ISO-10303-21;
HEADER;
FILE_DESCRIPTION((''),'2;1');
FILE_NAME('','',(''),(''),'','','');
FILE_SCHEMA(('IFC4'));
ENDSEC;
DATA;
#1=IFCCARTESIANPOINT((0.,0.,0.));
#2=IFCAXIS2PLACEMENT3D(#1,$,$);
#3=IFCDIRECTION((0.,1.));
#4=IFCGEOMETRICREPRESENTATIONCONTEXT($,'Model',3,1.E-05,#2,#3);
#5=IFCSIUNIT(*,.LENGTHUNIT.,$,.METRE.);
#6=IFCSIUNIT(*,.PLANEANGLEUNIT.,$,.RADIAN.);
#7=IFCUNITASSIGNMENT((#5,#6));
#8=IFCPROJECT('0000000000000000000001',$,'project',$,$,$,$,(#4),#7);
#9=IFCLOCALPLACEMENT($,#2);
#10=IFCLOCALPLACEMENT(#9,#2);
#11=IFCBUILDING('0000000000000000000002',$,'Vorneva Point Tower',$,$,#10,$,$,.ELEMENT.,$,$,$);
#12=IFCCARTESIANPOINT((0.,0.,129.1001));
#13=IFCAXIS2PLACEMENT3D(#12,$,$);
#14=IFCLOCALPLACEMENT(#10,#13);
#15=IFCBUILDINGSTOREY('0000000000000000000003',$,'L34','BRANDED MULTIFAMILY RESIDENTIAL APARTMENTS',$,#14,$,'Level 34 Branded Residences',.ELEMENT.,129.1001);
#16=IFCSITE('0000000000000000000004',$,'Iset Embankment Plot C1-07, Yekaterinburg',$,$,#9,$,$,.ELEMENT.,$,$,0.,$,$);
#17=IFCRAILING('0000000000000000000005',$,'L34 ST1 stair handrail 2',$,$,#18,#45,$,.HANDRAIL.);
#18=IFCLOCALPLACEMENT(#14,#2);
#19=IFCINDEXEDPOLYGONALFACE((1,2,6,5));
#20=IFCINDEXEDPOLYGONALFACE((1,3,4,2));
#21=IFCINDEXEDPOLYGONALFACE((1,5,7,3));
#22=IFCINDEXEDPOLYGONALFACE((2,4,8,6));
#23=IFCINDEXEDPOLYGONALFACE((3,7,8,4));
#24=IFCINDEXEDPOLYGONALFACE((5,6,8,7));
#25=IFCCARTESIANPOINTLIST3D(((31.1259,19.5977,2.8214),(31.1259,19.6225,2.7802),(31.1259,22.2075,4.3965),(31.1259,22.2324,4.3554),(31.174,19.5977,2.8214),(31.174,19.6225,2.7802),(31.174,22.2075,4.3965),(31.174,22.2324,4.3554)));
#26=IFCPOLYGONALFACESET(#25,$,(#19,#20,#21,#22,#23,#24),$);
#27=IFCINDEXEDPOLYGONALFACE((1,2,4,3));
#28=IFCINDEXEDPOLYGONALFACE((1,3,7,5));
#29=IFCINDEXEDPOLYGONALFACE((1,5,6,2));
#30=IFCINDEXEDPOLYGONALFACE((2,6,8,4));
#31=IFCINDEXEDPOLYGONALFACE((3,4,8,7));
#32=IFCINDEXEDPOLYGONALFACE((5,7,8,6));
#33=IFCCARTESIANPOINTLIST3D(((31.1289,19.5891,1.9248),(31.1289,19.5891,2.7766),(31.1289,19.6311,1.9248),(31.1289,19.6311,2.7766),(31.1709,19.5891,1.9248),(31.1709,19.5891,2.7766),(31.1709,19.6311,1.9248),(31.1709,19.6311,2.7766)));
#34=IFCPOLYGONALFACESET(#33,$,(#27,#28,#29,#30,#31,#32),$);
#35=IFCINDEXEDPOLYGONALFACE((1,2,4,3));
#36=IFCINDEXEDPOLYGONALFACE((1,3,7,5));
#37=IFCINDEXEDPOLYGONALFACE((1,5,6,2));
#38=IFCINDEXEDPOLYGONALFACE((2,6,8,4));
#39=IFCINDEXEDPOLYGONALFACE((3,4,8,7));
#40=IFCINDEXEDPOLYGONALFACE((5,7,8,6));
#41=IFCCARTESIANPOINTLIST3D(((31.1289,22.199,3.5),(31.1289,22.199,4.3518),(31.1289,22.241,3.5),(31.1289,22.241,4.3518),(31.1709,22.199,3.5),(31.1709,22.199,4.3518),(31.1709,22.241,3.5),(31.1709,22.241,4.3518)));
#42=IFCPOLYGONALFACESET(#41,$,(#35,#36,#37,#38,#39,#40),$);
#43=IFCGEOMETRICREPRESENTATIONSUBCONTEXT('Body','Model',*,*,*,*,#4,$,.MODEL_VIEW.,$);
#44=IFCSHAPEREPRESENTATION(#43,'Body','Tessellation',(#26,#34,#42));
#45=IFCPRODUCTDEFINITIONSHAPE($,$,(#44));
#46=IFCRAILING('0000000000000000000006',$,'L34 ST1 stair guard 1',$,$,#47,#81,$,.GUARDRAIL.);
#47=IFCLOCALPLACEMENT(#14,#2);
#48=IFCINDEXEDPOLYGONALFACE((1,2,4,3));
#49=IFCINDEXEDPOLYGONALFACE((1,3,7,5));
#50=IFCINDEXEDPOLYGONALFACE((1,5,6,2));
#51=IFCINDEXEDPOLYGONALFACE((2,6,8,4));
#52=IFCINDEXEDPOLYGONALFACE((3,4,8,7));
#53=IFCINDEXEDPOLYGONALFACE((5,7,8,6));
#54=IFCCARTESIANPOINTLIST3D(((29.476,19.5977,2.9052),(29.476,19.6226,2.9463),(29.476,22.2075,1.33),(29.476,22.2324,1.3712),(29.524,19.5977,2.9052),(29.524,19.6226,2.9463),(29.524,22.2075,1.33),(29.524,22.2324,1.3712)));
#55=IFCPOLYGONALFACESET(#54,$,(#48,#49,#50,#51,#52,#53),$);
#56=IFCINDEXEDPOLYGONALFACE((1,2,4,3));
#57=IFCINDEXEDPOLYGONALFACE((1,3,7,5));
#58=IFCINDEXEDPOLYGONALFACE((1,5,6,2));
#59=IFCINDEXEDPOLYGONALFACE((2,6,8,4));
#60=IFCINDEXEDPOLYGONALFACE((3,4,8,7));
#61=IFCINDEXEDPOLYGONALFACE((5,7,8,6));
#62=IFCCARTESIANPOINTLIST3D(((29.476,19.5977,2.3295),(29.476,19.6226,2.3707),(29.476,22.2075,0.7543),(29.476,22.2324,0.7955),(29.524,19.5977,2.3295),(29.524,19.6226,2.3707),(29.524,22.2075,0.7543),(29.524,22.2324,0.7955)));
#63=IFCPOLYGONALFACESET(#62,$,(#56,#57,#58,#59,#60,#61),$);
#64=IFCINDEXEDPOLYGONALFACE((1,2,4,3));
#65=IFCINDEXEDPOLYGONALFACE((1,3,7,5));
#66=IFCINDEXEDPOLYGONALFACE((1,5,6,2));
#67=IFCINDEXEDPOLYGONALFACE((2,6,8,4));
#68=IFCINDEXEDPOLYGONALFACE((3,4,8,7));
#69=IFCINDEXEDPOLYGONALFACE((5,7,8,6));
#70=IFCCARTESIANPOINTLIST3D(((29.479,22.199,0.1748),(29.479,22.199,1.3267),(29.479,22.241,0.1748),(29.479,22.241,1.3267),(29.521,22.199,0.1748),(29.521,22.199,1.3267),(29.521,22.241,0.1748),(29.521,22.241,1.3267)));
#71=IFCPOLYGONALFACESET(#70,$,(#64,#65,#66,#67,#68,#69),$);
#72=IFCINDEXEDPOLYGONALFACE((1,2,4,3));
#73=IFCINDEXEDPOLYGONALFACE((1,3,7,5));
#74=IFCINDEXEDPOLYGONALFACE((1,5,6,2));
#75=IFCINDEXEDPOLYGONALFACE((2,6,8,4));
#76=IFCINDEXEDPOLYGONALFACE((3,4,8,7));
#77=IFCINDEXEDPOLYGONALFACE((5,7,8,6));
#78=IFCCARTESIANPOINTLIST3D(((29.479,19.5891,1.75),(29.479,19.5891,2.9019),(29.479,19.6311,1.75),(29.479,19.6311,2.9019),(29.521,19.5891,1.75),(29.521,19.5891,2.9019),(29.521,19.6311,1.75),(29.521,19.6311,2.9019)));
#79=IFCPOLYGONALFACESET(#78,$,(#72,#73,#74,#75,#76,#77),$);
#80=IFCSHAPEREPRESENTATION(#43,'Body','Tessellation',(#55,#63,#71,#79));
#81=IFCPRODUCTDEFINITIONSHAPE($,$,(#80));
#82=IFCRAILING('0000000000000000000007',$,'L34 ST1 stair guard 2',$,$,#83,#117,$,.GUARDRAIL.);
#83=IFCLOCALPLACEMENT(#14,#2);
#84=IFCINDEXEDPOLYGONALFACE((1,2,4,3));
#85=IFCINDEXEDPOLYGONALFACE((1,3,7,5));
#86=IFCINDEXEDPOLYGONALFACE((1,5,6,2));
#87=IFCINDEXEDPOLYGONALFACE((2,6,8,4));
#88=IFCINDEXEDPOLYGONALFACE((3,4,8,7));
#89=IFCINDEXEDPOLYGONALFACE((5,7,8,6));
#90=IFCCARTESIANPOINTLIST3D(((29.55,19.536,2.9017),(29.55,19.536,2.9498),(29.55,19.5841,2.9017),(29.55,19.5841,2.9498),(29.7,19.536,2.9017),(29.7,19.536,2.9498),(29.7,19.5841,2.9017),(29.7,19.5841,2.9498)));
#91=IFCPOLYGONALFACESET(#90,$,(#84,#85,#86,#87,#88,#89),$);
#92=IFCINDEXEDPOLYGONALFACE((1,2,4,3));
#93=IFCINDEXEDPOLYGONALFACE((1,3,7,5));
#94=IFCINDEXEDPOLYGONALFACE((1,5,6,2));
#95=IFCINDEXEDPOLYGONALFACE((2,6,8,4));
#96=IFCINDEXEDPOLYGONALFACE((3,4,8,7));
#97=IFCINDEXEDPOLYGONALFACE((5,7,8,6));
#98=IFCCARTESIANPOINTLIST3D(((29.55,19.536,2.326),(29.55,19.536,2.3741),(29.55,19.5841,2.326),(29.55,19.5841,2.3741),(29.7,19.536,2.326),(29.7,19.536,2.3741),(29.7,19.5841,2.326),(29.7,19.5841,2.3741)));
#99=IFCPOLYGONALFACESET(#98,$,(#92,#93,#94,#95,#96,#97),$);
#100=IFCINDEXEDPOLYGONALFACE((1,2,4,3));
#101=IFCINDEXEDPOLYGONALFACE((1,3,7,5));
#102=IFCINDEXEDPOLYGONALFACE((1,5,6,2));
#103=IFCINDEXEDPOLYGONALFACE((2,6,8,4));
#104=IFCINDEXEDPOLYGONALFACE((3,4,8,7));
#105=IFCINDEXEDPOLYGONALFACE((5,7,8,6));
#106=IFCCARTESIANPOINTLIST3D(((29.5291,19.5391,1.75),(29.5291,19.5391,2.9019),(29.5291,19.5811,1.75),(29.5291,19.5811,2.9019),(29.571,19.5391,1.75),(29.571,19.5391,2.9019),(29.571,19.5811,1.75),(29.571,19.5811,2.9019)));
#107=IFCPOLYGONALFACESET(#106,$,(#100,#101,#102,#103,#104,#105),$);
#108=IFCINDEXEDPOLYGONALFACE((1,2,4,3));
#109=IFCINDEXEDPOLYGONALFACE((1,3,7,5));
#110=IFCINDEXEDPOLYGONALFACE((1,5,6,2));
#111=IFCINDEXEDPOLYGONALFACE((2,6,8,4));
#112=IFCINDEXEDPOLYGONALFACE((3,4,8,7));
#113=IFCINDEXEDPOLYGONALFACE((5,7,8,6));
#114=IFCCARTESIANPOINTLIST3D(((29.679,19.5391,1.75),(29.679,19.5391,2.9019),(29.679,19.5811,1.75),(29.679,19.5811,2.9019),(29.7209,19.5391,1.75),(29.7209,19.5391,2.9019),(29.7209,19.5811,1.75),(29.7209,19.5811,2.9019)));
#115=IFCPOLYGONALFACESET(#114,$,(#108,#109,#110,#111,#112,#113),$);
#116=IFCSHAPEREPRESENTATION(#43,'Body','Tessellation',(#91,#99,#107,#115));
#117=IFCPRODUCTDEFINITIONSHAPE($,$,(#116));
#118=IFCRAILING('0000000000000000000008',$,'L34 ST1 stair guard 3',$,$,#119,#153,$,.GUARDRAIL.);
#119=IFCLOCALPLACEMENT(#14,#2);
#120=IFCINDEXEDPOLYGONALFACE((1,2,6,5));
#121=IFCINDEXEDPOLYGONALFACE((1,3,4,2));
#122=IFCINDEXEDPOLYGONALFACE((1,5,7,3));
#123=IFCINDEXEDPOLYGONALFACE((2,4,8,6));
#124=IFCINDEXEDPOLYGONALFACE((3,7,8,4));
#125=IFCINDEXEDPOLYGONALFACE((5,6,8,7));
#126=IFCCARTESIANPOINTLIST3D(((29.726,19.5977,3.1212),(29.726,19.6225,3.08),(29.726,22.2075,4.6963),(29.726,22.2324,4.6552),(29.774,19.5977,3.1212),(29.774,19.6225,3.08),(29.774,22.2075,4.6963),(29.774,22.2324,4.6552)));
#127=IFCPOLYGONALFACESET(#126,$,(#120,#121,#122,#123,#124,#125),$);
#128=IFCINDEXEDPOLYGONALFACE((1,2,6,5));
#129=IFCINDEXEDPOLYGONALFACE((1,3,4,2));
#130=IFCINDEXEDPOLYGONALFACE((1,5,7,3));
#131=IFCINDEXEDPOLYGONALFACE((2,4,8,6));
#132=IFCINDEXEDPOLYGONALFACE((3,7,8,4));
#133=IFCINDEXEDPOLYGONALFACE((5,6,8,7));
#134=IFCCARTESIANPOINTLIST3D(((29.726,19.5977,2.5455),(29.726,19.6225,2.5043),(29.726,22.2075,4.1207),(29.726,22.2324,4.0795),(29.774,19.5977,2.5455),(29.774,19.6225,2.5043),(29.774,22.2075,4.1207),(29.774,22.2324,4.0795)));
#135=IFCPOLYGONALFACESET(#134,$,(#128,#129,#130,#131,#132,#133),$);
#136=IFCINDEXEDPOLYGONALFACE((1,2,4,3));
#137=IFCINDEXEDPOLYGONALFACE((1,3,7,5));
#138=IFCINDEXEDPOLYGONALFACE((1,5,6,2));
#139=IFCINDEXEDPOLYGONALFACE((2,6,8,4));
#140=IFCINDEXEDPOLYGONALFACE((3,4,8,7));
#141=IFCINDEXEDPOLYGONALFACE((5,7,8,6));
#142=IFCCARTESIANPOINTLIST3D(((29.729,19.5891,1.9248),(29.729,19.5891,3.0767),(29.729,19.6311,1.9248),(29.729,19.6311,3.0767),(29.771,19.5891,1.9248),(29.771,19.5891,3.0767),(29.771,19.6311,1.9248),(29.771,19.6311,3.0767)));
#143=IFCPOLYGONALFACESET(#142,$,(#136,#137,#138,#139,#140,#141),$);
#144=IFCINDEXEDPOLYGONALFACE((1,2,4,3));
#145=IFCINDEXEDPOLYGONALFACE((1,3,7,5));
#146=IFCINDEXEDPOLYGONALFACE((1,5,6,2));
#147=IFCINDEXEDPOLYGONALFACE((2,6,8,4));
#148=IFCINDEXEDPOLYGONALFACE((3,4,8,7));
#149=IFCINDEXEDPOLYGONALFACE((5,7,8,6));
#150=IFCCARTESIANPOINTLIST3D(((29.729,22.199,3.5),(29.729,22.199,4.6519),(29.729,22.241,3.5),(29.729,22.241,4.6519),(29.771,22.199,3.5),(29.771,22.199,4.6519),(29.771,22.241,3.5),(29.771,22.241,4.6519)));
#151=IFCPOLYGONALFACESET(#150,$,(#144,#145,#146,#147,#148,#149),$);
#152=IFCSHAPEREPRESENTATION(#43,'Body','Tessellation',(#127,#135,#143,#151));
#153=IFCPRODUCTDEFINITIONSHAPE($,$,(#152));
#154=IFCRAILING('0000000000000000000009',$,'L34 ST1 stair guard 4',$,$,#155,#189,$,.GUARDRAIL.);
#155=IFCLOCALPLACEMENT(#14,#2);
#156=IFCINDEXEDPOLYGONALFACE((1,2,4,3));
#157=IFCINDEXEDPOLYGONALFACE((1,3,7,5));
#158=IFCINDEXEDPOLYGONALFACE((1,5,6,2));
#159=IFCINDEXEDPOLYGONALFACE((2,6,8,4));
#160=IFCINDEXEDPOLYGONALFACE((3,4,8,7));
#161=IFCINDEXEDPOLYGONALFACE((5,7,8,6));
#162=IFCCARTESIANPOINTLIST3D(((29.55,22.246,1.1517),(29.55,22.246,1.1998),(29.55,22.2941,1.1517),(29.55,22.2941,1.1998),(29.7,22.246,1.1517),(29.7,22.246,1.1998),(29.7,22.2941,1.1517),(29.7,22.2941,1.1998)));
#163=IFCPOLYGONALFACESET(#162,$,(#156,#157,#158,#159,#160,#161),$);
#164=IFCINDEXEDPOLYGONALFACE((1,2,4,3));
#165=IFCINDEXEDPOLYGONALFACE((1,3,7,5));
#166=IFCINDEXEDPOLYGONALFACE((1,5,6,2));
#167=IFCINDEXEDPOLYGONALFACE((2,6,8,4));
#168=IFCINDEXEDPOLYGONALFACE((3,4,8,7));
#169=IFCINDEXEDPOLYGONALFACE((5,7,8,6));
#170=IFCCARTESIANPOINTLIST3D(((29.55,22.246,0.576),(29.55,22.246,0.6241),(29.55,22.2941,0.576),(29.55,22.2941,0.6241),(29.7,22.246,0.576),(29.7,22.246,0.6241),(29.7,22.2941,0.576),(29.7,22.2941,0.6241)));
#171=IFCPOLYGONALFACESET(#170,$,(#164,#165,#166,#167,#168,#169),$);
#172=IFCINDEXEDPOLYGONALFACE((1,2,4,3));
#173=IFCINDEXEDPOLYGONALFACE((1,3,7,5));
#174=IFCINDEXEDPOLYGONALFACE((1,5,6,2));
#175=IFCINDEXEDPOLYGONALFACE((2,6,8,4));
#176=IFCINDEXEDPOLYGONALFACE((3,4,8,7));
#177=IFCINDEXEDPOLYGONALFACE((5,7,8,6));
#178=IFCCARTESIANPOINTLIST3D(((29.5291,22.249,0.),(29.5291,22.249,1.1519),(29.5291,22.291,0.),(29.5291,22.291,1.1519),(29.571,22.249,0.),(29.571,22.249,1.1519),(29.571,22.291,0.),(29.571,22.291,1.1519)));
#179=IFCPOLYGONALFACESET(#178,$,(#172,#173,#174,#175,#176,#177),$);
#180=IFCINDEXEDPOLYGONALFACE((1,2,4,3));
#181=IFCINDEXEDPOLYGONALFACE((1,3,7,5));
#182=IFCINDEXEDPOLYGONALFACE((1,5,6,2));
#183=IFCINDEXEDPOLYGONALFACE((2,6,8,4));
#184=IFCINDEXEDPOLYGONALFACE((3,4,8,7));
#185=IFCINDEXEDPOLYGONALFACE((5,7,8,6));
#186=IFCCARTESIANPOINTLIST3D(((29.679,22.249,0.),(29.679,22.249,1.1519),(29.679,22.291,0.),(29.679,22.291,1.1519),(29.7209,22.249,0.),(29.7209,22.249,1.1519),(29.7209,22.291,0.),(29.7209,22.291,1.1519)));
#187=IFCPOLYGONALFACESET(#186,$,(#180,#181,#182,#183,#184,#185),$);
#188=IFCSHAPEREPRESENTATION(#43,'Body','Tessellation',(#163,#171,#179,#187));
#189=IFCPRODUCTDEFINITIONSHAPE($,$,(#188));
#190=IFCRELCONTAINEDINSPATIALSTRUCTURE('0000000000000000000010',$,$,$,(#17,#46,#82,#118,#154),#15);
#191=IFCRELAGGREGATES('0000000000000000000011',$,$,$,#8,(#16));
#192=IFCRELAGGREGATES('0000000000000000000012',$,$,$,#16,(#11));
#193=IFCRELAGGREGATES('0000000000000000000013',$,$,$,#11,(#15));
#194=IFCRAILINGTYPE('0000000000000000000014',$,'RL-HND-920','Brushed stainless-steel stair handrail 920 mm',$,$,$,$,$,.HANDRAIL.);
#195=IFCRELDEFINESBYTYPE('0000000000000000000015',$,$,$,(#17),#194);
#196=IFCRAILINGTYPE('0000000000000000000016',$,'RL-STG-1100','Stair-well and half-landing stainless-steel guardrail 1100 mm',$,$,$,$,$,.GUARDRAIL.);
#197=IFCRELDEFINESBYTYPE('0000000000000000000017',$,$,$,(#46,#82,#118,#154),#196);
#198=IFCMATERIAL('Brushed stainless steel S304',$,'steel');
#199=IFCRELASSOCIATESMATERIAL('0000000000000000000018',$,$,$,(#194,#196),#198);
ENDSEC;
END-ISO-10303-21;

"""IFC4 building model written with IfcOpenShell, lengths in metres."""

from ifc_helpers import new_model, si_unit, direction, frame, origin, origin_2d, place, context, subcontext, project, spatial, rectangle, extrude, material, type_object, element, save


model = new_model("IFC4")

# Units and contexts
model_context = context("Model", 3, precision=1e-05, world=origin(), true_north=direction((0.0, 1.0)))
body_context = subcontext(model_context, "Body", "Model", "MODEL_VIEW")
ifc_project = project(units=[si_unit("LENGTHUNIT", "METRE"), si_unit("PLANEANGLEUNIT", "RADIAN")], contexts=[model_context])

# Site, building, storey
site_placement = place(None, origin())
site = spatial("IfcSite", under=ifc_project, at=site_placement, Name="Iset Embankment Plot C1-07, Yekaterinburg", CompositionType="ELEMENT", RefElevation=0.0)
building_placement = place(site_placement, origin())
building = spatial("IfcBuilding", under=site, at=building_placement, Name="Vorneva Point Tower", CompositionType="ELEMENT")
storey_placement = place(building_placement, frame((0.0, 0.0, 129.1001)))
storey = spatial("IfcBuildingStorey", under=building, at=storey_placement, Name="L34", Description="BRANDED MULTIFAMILY RESIDENTIAL APARTMENTS", LongName="Level 34 Branded Residences", CompositionType="ELEMENT", Elevation=129.1001)

# Shared definitions
ifc_material_1 = material(Name="Brushed stainless steel S304", Category="steel")

# Railings
railing_type_1 = type_object("IfcRailingType", Name="RL-HND-920", Description="Brushed stainless-steel stair handrail 920 mm", PredefinedType="HANDRAIL", material=ifc_material_1)
railing_1_placement = place(storey_placement, frame((31.1499, 19.6101, 1.9248)))
element("IfcRailing", 1, at=railing_1_placement, inside=storey, type_object=railing_type_1, Name="L34 ST1 stair handrail 2", PredefinedType="HANDRAIL", context=body_context, shape_type="SweptSolid", body=[
    extrude(rectangle(XDim=0.0481, YDim=0.0481, at=origin_2d()), frame((0.0, 0.0, 0.876), z_axis=(0.0, 0.856147, 0.516732), x_axis=(-1.0, 0.0, 0.0)), (0.0, 0.0, 1.0), 3.0483),
    extrude(rectangle(XDim=0.042, YDim=0.042, at=origin_2d()), origin(), (0.0, 0.0, 1.0), 0.8518),
    extrude(rectangle(XDim=0.042, YDim=0.042, at=origin_2d()), frame((0.0, 2.6099, 1.5752)), (0.0, 0.0, 1.0), 0.8518),
])
railing_type_2 = type_object("IfcRailingType", Name="RL-STG-1100", Description="Stair-well and half-landing stainless-steel guardrail 1100 mm", PredefinedType="GUARDRAIL", material=ifc_material_1)
railing_2_placement = place(storey_placement, frame((29.5, 22.22, 0.1748)))
element("IfcRailing", 2, at=railing_2_placement, inside=storey, type_object=railing_type_2, Name="L34 ST1 stair guard 1", PredefinedType="GUARDRAIL", context=body_context, shape_type="SweptSolid", body=[
    extrude(rectangle(XDim=0.0481, YDim=0.0481, at=origin_2d()), frame((0.0, 0.0, 1.1758), z_axis=(0.0, -0.856147, 0.516732), x_axis=(1.0, 0.0, 0.0)), (0.0, 0.0, 1.0), 3.0483),
    extrude(rectangle(XDim=0.0481, YDim=0.0481, at=origin_2d()), frame((0.0, 0.0, 0.6001), z_axis=(0.0, -0.856147, 0.516732), x_axis=(1.0, 0.0, 0.0)), (0.0, 0.0, 1.0), 3.0483),
    extrude(rectangle(XDim=0.042, YDim=0.042, at=origin_2d()), origin(), (0.0, 0.0, 1.0), 1.1519),
    extrude(rectangle(XDim=0.042, YDim=0.042, at=origin_2d()), frame((0.0, -2.6099, 1.5752)), (0.0, 0.0, 1.0), 1.1519),
])
railing_3_placement = place(storey_placement, frame((29.55, 19.5601, 1.75)))
element("IfcRailing", 3, at=railing_3_placement, inside=storey, type_object=railing_type_2, Name="L34 ST1 stair guard 2", PredefinedType="GUARDRAIL", context=body_context, shape_type="SweptSolid", body=[
    extrude(rectangle(XDim=0.0481, YDim=0.0481, at=origin_2d()), frame((0.0, 0.0, 1.1758), z_axis=(1.0, 0.0, 0.0), x_axis=(0.0, 1.0, 0.0)), (0.0, 0.0, 1.0), 0.1499),
    extrude(rectangle(XDim=0.0481, YDim=0.0481, at=origin_2d()), frame((0.0, 0.0, 0.6001), z_axis=(1.0, 0.0, 0.0), x_axis=(0.0, 1.0, 0.0)), (0.0, 0.0, 1.0), 0.1499),
    extrude(rectangle(XDim=0.042, YDim=0.042, at=origin_2d()), origin(), (0.0, 0.0, 1.0), 1.1519),
    extrude(rectangle(XDim=0.042, YDim=0.042, at=origin_2d()), frame((0.1499, 0.0, 0.0)), (0.0, 0.0, 1.0), 1.1519),
])
railing_4_placement = place(storey_placement, frame((29.75, 19.6101, 1.9248)))
element("IfcRailing", 4, at=railing_4_placement, inside=storey, type_object=railing_type_2, Name="L34 ST1 stair guard 3", PredefinedType="GUARDRAIL", context=body_context, shape_type="SweptSolid", body=[
    extrude(rectangle(XDim=0.0481, YDim=0.0481, at=origin_2d()), frame((0.0, 0.0, 1.1758), z_axis=(0.0, 0.856147, 0.516732), x_axis=(-1.0, 0.0, 0.0)), (0.0, 0.0, 1.0), 3.0483),
    extrude(rectangle(XDim=0.0481, YDim=0.0481, at=origin_2d()), frame((0.0, 0.0, 0.6001), z_axis=(0.0, 0.856147, 0.516732), x_axis=(-1.0, 0.0, 0.0)), (0.0, 0.0, 1.0), 3.0483),
    extrude(rectangle(XDim=0.042, YDim=0.042, at=origin_2d()), origin(), (0.0, 0.0, 1.0), 1.1519),
    extrude(rectangle(XDim=0.042, YDim=0.042, at=origin_2d()), frame((0.0, 2.6099, 1.5752)), (0.0, 0.0, 1.0), 1.1519),
])
railing_5_placement = place(storey_placement, frame((29.55, 22.27, 0.0)))
element("IfcRailing", 5, at=railing_5_placement, inside=storey, type_object=railing_type_2, Name="L34 ST1 stair guard 4", PredefinedType="GUARDRAIL", context=body_context, shape_type="SweptSolid", body=[
    extrude(rectangle(XDim=0.0481, YDim=0.0481, at=origin_2d()), frame((0.0, 0.0, 1.1758), z_axis=(1.0, 0.0, 0.0), x_axis=(0.0, 1.0, 0.0)), (0.0, 0.0, 1.0), 0.1499),
    extrude(rectangle(XDim=0.0481, YDim=0.0481, at=origin_2d()), frame((0.0, 0.0, 0.6001), z_axis=(1.0, 0.0, 0.0), x_axis=(0.0, 1.0, 0.0)), (0.0, 0.0, 1.0), 0.1499),
    extrude(rectangle(XDim=0.042, YDim=0.042, at=origin_2d()), origin(), (0.0, 0.0, 1.0), 1.1519),
    extrude(rectangle(XDim=0.042, YDim=0.042, at=origin_2d()), frame((0.1499, 0.0, 0.0)), (0.0, 0.0, 1.0), 1.1519),
])

save(model, "model.ifc")
